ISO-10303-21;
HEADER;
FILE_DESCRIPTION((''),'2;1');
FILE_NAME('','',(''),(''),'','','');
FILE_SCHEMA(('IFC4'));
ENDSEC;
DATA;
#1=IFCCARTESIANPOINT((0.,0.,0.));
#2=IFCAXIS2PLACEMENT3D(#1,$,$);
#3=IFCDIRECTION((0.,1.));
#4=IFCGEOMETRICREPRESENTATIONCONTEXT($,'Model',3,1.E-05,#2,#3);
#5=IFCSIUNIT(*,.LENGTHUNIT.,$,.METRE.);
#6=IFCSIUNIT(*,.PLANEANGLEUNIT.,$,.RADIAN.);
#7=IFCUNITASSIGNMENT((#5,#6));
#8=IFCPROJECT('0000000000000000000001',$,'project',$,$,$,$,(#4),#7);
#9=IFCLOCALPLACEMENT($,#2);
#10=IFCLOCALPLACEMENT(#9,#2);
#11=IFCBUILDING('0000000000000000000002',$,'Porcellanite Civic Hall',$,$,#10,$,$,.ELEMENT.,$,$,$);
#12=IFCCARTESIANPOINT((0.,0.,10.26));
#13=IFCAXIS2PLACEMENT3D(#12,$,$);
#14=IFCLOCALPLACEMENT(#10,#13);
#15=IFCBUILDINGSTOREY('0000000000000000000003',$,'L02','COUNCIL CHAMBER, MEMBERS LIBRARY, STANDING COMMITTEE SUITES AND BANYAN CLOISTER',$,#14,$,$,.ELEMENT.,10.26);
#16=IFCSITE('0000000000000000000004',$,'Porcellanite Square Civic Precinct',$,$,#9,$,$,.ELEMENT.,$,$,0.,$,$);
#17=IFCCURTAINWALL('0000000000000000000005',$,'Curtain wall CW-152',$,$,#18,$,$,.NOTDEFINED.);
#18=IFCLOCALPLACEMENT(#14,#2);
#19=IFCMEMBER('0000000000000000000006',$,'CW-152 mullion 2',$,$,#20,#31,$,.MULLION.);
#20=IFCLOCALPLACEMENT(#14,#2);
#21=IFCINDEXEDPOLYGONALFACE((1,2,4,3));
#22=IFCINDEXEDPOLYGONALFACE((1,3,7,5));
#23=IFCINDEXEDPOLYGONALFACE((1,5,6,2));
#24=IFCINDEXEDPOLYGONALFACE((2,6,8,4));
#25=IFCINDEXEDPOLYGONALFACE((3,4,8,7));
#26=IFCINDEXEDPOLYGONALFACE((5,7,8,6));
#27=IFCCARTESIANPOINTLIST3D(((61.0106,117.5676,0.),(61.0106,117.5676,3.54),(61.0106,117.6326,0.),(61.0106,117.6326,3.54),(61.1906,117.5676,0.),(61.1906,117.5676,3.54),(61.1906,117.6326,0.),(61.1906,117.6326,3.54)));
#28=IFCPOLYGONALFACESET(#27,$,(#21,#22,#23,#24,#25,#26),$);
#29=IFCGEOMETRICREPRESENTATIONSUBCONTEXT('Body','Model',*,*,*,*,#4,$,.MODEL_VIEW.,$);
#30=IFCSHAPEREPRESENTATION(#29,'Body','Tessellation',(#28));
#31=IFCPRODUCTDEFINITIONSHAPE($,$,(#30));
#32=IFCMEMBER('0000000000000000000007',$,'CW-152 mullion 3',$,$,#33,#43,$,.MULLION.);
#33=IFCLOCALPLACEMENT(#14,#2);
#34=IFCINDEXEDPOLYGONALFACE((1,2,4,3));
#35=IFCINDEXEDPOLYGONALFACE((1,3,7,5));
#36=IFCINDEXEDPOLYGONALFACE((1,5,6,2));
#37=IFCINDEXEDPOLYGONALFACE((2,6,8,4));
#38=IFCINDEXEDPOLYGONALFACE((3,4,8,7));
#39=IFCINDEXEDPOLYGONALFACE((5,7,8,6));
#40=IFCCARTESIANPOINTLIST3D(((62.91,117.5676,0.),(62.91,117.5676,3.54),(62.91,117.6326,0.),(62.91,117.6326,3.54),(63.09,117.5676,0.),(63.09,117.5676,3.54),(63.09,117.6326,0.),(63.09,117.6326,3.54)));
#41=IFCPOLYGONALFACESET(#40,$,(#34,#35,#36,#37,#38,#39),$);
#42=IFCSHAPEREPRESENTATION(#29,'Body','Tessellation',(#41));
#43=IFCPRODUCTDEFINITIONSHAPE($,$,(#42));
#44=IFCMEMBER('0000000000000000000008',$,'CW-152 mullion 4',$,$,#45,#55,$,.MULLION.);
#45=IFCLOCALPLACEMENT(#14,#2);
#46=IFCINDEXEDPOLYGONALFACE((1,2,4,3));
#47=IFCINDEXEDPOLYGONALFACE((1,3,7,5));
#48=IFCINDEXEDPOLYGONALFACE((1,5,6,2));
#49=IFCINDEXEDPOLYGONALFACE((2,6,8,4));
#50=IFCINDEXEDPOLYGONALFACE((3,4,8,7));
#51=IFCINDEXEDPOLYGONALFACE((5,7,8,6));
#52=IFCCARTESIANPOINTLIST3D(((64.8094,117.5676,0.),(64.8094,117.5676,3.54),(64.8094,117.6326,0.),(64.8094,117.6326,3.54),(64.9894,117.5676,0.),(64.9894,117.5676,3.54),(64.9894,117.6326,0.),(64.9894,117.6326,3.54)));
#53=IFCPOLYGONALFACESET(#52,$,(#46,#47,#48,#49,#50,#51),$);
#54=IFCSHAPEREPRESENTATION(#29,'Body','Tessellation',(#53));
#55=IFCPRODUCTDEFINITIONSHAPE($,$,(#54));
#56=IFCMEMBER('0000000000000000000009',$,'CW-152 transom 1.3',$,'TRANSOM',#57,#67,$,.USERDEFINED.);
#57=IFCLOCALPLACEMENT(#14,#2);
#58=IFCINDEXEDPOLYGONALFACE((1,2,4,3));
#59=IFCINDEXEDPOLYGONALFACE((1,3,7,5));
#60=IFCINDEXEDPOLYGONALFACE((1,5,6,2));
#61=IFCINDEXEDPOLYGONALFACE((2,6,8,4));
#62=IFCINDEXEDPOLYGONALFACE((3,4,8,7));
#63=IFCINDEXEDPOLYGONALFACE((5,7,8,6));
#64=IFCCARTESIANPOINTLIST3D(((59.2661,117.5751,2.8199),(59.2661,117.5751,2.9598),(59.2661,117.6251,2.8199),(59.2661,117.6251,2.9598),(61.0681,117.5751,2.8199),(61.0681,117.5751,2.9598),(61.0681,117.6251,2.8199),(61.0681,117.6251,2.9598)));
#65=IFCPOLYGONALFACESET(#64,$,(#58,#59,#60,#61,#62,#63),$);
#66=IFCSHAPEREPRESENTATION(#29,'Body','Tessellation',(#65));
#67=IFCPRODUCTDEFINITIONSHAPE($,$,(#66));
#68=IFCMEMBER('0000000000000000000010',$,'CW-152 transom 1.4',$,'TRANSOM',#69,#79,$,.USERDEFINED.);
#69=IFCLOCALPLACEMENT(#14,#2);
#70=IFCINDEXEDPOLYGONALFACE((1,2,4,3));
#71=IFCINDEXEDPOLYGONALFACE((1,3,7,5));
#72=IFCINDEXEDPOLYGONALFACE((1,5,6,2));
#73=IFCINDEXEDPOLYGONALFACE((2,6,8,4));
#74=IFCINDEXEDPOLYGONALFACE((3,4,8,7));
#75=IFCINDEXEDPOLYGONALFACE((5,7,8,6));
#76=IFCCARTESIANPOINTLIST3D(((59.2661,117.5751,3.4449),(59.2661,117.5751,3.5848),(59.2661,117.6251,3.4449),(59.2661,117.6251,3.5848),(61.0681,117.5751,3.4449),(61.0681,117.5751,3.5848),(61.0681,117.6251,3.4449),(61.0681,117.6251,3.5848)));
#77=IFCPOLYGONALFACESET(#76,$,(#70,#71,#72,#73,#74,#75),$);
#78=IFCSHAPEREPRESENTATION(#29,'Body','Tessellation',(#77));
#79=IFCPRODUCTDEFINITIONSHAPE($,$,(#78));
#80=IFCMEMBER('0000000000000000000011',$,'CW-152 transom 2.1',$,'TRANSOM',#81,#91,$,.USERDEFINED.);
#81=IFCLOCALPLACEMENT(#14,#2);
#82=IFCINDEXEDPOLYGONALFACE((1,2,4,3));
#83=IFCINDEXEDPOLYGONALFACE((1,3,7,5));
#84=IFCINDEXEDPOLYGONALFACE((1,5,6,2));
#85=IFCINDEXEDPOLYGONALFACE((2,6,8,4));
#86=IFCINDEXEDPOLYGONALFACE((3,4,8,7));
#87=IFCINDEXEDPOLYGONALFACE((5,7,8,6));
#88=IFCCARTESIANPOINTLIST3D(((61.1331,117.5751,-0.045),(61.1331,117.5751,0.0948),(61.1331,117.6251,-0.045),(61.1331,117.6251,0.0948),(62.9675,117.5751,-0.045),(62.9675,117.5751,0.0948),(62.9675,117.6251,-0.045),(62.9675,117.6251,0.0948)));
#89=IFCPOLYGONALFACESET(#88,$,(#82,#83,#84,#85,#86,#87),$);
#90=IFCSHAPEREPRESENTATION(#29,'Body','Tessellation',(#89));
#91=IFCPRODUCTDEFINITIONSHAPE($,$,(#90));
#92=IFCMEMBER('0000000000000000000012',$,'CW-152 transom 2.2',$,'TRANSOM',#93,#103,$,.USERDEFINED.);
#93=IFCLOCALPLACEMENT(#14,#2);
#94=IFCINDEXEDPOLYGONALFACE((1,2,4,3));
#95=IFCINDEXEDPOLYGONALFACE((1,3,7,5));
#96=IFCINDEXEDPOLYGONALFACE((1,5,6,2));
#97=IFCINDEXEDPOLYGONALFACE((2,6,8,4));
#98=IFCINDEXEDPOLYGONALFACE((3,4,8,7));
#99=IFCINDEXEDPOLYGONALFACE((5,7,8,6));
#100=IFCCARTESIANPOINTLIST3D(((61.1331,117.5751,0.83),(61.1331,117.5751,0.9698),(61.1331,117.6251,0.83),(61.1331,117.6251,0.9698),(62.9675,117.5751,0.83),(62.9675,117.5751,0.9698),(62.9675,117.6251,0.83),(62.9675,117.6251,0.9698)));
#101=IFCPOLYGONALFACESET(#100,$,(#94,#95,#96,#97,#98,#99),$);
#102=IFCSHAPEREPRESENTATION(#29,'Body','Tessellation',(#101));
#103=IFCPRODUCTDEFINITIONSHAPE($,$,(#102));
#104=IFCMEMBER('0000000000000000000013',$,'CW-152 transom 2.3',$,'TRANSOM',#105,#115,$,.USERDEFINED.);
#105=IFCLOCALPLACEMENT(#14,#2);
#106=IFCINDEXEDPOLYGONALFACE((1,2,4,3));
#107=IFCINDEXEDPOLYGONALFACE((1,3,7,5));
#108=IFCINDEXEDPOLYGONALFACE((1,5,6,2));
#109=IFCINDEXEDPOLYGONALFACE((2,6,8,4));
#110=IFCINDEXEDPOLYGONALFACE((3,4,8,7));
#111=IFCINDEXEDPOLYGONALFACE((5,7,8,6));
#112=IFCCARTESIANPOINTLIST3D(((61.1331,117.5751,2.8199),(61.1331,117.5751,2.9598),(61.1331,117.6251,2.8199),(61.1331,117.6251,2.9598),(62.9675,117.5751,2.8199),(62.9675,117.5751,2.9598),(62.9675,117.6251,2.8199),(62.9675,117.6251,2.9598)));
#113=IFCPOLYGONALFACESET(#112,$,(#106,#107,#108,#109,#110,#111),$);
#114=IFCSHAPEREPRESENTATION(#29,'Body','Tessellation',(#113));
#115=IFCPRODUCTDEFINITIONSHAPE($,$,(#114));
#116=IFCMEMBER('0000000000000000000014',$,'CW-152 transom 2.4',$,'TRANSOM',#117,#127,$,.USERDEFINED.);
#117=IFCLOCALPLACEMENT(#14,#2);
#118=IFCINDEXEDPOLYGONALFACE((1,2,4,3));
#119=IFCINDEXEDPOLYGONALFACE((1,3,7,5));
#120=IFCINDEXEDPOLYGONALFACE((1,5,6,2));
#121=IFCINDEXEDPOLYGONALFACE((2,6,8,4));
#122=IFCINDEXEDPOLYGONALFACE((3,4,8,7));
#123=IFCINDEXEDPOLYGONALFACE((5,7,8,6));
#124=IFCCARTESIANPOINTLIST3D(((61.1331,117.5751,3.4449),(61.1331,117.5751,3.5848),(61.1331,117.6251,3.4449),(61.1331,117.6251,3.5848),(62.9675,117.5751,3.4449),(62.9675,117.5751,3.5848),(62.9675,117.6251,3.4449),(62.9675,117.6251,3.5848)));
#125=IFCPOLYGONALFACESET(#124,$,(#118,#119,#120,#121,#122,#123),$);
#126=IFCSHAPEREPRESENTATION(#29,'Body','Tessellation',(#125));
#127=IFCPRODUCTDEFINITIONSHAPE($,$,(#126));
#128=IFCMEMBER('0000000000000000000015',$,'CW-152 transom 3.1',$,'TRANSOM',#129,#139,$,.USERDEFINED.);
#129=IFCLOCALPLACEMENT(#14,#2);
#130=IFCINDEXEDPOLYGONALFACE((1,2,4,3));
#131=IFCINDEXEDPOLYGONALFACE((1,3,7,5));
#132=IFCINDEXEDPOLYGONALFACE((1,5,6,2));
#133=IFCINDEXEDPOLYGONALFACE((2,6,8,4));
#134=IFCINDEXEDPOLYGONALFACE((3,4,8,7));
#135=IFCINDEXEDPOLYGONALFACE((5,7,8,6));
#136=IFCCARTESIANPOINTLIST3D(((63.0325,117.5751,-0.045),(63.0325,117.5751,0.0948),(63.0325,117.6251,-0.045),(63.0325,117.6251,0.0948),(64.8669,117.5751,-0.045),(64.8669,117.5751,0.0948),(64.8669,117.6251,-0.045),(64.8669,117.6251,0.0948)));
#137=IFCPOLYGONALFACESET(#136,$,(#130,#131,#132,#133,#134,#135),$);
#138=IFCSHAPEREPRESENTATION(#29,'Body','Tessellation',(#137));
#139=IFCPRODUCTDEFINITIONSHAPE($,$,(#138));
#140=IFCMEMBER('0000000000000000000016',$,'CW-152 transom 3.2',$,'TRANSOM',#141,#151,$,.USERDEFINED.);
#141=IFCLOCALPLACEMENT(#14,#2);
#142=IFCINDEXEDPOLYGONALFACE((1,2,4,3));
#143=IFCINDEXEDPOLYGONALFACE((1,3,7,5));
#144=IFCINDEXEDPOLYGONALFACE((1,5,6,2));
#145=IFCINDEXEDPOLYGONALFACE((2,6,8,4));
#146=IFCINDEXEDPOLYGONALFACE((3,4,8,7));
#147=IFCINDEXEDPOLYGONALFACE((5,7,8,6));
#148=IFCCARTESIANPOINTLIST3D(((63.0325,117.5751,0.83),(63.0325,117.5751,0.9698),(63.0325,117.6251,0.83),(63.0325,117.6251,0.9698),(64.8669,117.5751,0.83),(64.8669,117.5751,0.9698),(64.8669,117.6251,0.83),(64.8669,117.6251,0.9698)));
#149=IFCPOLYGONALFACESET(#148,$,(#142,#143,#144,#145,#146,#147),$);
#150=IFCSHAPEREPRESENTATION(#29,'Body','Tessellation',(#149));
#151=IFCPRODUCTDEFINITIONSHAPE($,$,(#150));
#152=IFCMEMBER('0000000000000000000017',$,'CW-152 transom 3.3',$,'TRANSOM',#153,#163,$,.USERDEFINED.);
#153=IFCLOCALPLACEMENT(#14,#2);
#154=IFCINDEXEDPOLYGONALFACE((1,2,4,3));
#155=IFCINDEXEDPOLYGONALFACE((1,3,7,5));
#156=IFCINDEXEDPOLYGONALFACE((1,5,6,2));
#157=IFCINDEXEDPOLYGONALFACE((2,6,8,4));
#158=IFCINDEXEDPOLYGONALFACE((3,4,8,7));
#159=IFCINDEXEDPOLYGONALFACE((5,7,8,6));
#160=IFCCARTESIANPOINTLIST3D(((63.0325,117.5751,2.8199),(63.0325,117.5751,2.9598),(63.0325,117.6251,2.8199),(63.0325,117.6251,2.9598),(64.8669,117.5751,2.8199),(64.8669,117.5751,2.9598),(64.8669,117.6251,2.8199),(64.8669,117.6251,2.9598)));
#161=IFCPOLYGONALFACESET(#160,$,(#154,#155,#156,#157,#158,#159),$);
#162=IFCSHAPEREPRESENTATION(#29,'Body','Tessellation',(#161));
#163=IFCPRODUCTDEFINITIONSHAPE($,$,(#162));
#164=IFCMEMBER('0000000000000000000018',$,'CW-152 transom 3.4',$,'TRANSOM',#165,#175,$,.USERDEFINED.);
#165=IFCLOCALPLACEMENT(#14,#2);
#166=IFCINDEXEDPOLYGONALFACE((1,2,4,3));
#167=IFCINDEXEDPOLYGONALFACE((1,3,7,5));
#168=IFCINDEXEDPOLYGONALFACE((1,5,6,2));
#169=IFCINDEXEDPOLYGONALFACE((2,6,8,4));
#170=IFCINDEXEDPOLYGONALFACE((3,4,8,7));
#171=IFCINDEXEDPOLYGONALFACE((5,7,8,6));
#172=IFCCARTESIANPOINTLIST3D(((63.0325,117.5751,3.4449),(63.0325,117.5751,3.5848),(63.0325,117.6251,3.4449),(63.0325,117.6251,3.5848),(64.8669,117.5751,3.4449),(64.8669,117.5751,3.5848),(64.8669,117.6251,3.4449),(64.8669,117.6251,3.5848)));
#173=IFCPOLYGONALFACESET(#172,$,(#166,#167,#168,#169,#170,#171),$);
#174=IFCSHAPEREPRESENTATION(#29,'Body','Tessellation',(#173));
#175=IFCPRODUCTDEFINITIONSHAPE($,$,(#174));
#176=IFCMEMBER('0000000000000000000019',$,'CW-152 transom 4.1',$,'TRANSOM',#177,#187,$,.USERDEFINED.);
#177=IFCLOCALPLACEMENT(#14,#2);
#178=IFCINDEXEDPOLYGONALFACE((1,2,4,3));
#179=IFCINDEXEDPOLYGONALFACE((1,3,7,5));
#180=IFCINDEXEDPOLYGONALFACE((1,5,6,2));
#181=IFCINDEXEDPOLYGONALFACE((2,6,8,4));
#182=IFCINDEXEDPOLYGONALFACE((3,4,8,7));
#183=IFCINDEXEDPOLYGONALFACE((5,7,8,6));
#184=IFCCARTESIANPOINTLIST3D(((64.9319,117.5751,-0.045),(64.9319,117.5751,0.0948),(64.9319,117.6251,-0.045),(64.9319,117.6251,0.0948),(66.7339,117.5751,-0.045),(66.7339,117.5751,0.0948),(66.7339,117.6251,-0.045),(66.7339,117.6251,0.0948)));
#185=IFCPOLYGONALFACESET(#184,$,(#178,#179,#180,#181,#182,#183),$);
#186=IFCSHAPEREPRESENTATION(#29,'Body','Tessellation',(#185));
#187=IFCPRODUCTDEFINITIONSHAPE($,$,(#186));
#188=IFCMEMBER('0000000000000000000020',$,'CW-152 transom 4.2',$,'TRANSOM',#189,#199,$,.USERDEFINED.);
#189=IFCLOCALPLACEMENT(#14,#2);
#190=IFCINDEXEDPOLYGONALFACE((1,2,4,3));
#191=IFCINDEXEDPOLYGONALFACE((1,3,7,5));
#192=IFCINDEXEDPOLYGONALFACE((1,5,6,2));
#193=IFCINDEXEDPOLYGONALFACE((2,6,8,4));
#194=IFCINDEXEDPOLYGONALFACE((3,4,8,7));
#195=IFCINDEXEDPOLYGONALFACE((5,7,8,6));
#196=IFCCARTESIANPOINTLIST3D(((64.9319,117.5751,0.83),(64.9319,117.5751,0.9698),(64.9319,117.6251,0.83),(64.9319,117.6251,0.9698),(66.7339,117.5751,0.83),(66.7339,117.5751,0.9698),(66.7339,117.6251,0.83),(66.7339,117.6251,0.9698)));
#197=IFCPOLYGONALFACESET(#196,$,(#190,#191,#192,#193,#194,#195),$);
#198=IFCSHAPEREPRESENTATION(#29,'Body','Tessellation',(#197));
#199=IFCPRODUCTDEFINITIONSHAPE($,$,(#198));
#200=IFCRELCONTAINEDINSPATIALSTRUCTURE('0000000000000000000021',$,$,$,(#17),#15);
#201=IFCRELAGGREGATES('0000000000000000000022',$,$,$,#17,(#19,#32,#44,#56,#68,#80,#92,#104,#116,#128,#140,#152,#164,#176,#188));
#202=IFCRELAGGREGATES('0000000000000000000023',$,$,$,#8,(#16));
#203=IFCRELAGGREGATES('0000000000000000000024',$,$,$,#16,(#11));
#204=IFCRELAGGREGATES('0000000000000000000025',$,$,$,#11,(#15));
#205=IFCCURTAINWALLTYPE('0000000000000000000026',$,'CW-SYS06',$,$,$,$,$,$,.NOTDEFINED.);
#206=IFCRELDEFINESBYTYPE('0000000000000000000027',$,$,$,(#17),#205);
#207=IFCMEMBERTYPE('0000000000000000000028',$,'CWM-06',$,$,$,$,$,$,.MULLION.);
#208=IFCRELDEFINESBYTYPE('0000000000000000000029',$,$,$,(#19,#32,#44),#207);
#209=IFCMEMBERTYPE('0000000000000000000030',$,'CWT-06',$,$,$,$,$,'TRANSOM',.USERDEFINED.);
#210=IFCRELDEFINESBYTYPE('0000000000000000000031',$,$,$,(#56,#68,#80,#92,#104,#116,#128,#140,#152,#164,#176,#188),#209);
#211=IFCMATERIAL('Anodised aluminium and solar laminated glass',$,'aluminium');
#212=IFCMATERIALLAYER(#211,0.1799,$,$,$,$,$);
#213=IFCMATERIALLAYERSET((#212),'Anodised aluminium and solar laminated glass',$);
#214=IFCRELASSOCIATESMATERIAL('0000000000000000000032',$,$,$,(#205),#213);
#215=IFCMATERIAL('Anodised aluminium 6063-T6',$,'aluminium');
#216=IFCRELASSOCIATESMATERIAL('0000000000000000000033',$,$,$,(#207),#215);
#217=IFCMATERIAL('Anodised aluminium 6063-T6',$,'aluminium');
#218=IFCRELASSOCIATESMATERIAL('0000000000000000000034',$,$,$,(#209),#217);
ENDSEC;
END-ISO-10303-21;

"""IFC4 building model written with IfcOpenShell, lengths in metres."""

from ifc_helpers import new_model, si_unit, direction, frame, origin, origin_2d, place, context, subcontext, project, spatial, rectangle, extrude, material, layer, layer_set, material_profile, profile_set, type_object, element, aggregate, save


model = new_model("IFC4")

# Units and contexts
model_context = context("Model", 3, precision=1e-05, world=origin(), true_north=direction((0.0, 1.0)))
body_context = subcontext(model_context, "Body", "Model", "MODEL_VIEW")
ifc_project = project(units=[si_unit("LENGTHUNIT", "METRE"), si_unit("PLANEANGLEUNIT", "RADIAN")], contexts=[model_context])

# Site, building, storey
site_placement = place(None, origin())
site = spatial("IfcSite", under=ifc_project, at=site_placement, Name="Porcellanite Square Civic Precinct", CompositionType="ELEMENT", RefElevation=0.0)
building_placement = place(site_placement, origin())
building = spatial("IfcBuilding", under=site, at=building_placement, Name="Porcellanite Civic Hall", CompositionType="ELEMENT")
storey_placement = place(building_placement, frame((0.0, 0.0, 10.26)))
storey = spatial("IfcBuildingStorey", under=building, at=storey_placement, Name="L02", Description="COUNCIL CHAMBER, MEMBERS LIBRARY, STANDING COMMITTEE SUITES AND BANYAN CLOISTER", CompositionType="ELEMENT", Elevation=10.26)

# Curtain wall, members
ifc_material_1 = material(Name="Anodised aluminium and solar laminated glass", Category="aluminium")
ifc_layer_1 = layer(ifc_material_1, 0.1799)
ifc_layer_set_1 = layer_set([ifc_layer_1], Name="Anodised aluminium and solar laminated glass")
curtain_wall_type = type_object("IfcCurtainWallType", Name="CW-SYS06", PredefinedType="NOTDEFINED", material=ifc_layer_set_1)
curtain_wall_placement = place(storey_placement, origin())
curtain_wall = element("IfcCurtainWall", 1, at=curtain_wall_placement, inside=storey, type_object=curtain_wall_type, Name="Curtain wall CW-152", PredefinedType="NOTDEFINED")
ifc_material_2 = material(Name="Anodised aluminium 6063-T6", Category="aluminium")
ifc_material_profile_1 = material_profile(ifc_material_2, rectangle(XDim=0.0649, YDim=0.1799, at=origin_2d()), Name="AL-65x180")
ifc_profile_set_1 = profile_set([ifc_material_profile_1], Name="Anodised aluminium 6063-T6")
member_type_1 = type_object("IfcMemberType", Name="CWM-06", PredefinedType="MULLION", material=ifc_profile_set_1)
member_1_placement = place(storey_placement, frame((61.1006, 117.6001, 0.0), z_axis=(0.0, 0.0, 1.0), x_axis=(0.0, 1.0, 0.0)))
member_1 = element("IfcMember", 2, at=member_1_placement, type_object=member_type_1, Name="CW-152 mullion 2", PredefinedType="MULLION", context=body_context, shape_type="SweptSolid", body=[
    extrude(rectangle(XDim=0.0649, YDim=0.1799, at=origin_2d()), origin(), (0.0, 0.0, 1.0), 3.54),
])
member_2_placement = place(storey_placement, frame((63.0, 117.6001, 0.0), z_axis=(0.0, 0.0, 1.0), x_axis=(0.0, 1.0, 0.0)))
member_2 = element("IfcMember", 3, at=member_2_placement, type_object=member_type_1, Name="CW-152 mullion 3", PredefinedType="MULLION", context=body_context, shape_type="SweptSolid", body=[
    extrude(rectangle(XDim=0.0649, YDim=0.1799, at=origin_2d()), origin(), (0.0, 0.0, 1.0), 3.54),
])
member_3_placement = place(storey_placement, frame((64.8994, 117.6001, 0.0), z_axis=(0.0, 0.0, 1.0), x_axis=(0.0, 1.0, 0.0)))
member_3 = element("IfcMember", 4, at=member_3_placement, type_object=member_type_1, Name="CW-152 mullion 4", PredefinedType="MULLION", context=body_context, shape_type="SweptSolid", body=[
    extrude(rectangle(XDim=0.0649, YDim=0.1799, at=origin_2d()), origin(), (0.0, 0.0, 1.0), 3.54),
])
ifc_material_3 = material(Name="Anodised aluminium 6063-T6", Category="aluminium")
ifc_material_profile_2 = material_profile(ifc_material_3, rectangle(XDim=0.05, YDim=0.1399, at=origin_2d()), Name="AL-50x140")
ifc_profile_set_2 = profile_set([ifc_material_profile_2], Name="Anodised aluminium 6063-T6")
member_type_2 = type_object("IfcMemberType", Name="CWT-06", ElementType="TRANSOM", PredefinedType="USERDEFINED", material=ifc_profile_set_2)
member_4_placement = place(storey_placement, frame((59.2661, 117.6001, 2.8899), z_axis=(1.0, 0.0, 0.0), x_axis=(0.0, 1.0, 0.0)))
member_4 = element("IfcMember", 5, at=member_4_placement, type_object=member_type_2, Name="CW-152 transom 1.3", ObjectType="TRANSOM", PredefinedType="USERDEFINED", context=body_context, shape_type="SweptSolid", body=[
    extrude(rectangle(XDim=0.05, YDim=0.1399, at=origin_2d()), origin(), (0.0, 0.0, 1.0), 1.802),
])
member_5_placement = place(storey_placement, frame((59.2661, 117.6001, 3.5149), z_axis=(1.0, 0.0, 0.0), x_axis=(0.0, 1.0, 0.0)))
member_5 = element("IfcMember", 6, at=member_5_placement, type_object=member_type_2, Name="CW-152 transom 1.4", ObjectType="TRANSOM", PredefinedType="USERDEFINED", context=body_context, shape_type="SweptSolid", body=[
    extrude(rectangle(XDim=0.05, YDim=0.1399, at=origin_2d()), origin(), (0.0, 0.0, 1.0), 1.802),
])
member_6_placement = place(storey_placement, frame((61.1331, 117.6001, 0.0249), z_axis=(1.0, 0.0, 0.0), x_axis=(0.0, 1.0, 0.0)))
member_6 = element("IfcMember", 7, at=member_6_placement, type_object=member_type_2, Name="CW-152 transom 2.1", ObjectType="TRANSOM", PredefinedType="USERDEFINED", context=body_context, shape_type="SweptSolid", body=[
    extrude(rectangle(XDim=0.05, YDim=0.1399, at=origin_2d()), origin(), (0.0, 0.0, 1.0), 1.8345),
])
member_7_placement = place(storey_placement, frame((61.1331, 117.6001, 0.8999), z_axis=(1.0, 0.0, 0.0), x_axis=(0.0, 1.0, 0.0)))
member_7 = element("IfcMember", 8, at=member_7_placement, type_object=member_type_2, Name="CW-152 transom 2.2", ObjectType="TRANSOM", PredefinedType="USERDEFINED", context=body_context, shape_type="SweptSolid", body=[
    extrude(rectangle(XDim=0.05, YDim=0.1399, at=origin_2d()), origin(), (0.0, 0.0, 1.0), 1.8345),
])
member_8_placement = place(storey_placement, frame((61.1331, 117.6001, 2.8899), z_axis=(1.0, 0.0, 0.0), x_axis=(0.0, 1.0, 0.0)))
member_8 = element("IfcMember", 9, at=member_8_placement, type_object=member_type_2, Name="CW-152 transom 2.3", ObjectType="TRANSOM", PredefinedType="USERDEFINED", context=body_context, shape_type="SweptSolid", body=[
    extrude(rectangle(XDim=0.05, YDim=0.1399, at=origin_2d()), origin(), (0.0, 0.0, 1.0), 1.8345),
])
member_9_placement = place(storey_placement, frame((61.1331, 117.6001, 3.5149), z_axis=(1.0, 0.0, 0.0), x_axis=(0.0, 1.0, 0.0)))
member_9 = element("IfcMember", 10, at=member_9_placement, type_object=member_type_2, Name="CW-152 transom 2.4", ObjectType="TRANSOM", PredefinedType="USERDEFINED", context=body_context, shape_type="SweptSolid", body=[
    extrude(rectangle(XDim=0.05, YDim=0.1399, at=origin_2d()), origin(), (0.0, 0.0, 1.0), 1.8345),
])
member_10_placement = place(storey_placement, frame((63.0325, 117.6001, 0.0249), z_axis=(1.0, 0.0, 0.0), x_axis=(0.0, 1.0, 0.0)))
member_10 = element("IfcMember", 11, at=member_10_placement, type_object=member_type_2, Name="CW-152 transom 3.1", ObjectType="TRANSOM", PredefinedType="USERDEFINED", context=body_context, shape_type="SweptSolid", body=[
    extrude(rectangle(XDim=0.05, YDim=0.1399, at=origin_2d()), origin(), (0.0, 0.0, 1.0), 1.8345),
])
member_11_placement = place(storey_placement, frame((63.0325, 117.6001, 0.8999), z_axis=(1.0, 0.0, 0.0), x_axis=(0.0, 1.0, 0.0)))
member_11 = element("IfcMember", 12, at=member_11_placement, type_object=member_type_2, Name="CW-152 transom 3.2", ObjectType="TRANSOM", PredefinedType="USERDEFINED", context=body_context, shape_type="SweptSolid", body=[
    extrude(rectangle(XDim=0.05, YDim=0.1399, at=origin_2d()), origin(), (0.0, 0.0, 1.0), 1.8345),
])
member_12_placement = place(storey_placement, frame((63.0325, 117.6001, 2.8899), z_axis=(1.0, 0.0, 0.0), x_axis=(0.0, 1.0, 0.0)))
member_12 = element("IfcMember", 13, at=member_12_placement, type_object=member_type_2, Name="CW-152 transom 3.3", ObjectType="TRANSOM", PredefinedType="USERDEFINED", context=body_context, shape_type="SweptSolid", body=[
    extrude(rectangle(XDim=0.05, YDim=0.1399, at=origin_2d()), origin(), (0.0, 0.0, 1.0), 1.8345),
])
member_13_placement = place(storey_placement, frame((63.0325, 117.6001, 3.5149), z_axis=(1.0, 0.0, 0.0), x_axis=(0.0, 1.0, 0.0)))
member_13 = element("IfcMember", 14, at=member_13_placement, type_object=member_type_2, Name="CW-152 transom 3.4", ObjectType="TRANSOM", PredefinedType="USERDEFINED", context=body_context, shape_type="SweptSolid", body=[
    extrude(rectangle(XDim=0.05, YDim=0.1399, at=origin_2d()), origin(), (0.0, 0.0, 1.0), 1.8345),
])
member_14_placement = place(storey_placement, frame((64.9319, 117.6001, 0.0249), z_axis=(1.0, 0.0, 0.0), x_axis=(0.0, 1.0, 0.0)))
member_14 = element("IfcMember", 15, at=member_14_placement, type_object=member_type_2, Name="CW-152 transom 4.1", ObjectType="TRANSOM", PredefinedType="USERDEFINED", context=body_context, shape_type="SweptSolid", body=[
    extrude(rectangle(XDim=0.05, YDim=0.1399, at=origin_2d()), origin(), (0.0, 0.0, 1.0), 1.802),
])
member_15_placement = place(storey_placement, frame((64.9319, 117.6001, 0.8999), z_axis=(1.0, 0.0, 0.0), x_axis=(0.0, 1.0, 0.0)))
member_15 = element("IfcMember", 16, at=member_15_placement, type_object=member_type_2, Name="CW-152 transom 4.2", ObjectType="TRANSOM", PredefinedType="USERDEFINED", context=body_context, shape_type="SweptSolid", body=[
    extrude(rectangle(XDim=0.05, YDim=0.1399, at=origin_2d()), origin(), (0.0, 0.0, 1.0), 1.802),
])
aggregate(curtain_wall, [member_1, member_2, member_3, member_4, member_5, member_6, member_7, member_8, member_9, member_10, member_11, member_12, member_13, member_14, member_15])

save(model, "model.ifc")
